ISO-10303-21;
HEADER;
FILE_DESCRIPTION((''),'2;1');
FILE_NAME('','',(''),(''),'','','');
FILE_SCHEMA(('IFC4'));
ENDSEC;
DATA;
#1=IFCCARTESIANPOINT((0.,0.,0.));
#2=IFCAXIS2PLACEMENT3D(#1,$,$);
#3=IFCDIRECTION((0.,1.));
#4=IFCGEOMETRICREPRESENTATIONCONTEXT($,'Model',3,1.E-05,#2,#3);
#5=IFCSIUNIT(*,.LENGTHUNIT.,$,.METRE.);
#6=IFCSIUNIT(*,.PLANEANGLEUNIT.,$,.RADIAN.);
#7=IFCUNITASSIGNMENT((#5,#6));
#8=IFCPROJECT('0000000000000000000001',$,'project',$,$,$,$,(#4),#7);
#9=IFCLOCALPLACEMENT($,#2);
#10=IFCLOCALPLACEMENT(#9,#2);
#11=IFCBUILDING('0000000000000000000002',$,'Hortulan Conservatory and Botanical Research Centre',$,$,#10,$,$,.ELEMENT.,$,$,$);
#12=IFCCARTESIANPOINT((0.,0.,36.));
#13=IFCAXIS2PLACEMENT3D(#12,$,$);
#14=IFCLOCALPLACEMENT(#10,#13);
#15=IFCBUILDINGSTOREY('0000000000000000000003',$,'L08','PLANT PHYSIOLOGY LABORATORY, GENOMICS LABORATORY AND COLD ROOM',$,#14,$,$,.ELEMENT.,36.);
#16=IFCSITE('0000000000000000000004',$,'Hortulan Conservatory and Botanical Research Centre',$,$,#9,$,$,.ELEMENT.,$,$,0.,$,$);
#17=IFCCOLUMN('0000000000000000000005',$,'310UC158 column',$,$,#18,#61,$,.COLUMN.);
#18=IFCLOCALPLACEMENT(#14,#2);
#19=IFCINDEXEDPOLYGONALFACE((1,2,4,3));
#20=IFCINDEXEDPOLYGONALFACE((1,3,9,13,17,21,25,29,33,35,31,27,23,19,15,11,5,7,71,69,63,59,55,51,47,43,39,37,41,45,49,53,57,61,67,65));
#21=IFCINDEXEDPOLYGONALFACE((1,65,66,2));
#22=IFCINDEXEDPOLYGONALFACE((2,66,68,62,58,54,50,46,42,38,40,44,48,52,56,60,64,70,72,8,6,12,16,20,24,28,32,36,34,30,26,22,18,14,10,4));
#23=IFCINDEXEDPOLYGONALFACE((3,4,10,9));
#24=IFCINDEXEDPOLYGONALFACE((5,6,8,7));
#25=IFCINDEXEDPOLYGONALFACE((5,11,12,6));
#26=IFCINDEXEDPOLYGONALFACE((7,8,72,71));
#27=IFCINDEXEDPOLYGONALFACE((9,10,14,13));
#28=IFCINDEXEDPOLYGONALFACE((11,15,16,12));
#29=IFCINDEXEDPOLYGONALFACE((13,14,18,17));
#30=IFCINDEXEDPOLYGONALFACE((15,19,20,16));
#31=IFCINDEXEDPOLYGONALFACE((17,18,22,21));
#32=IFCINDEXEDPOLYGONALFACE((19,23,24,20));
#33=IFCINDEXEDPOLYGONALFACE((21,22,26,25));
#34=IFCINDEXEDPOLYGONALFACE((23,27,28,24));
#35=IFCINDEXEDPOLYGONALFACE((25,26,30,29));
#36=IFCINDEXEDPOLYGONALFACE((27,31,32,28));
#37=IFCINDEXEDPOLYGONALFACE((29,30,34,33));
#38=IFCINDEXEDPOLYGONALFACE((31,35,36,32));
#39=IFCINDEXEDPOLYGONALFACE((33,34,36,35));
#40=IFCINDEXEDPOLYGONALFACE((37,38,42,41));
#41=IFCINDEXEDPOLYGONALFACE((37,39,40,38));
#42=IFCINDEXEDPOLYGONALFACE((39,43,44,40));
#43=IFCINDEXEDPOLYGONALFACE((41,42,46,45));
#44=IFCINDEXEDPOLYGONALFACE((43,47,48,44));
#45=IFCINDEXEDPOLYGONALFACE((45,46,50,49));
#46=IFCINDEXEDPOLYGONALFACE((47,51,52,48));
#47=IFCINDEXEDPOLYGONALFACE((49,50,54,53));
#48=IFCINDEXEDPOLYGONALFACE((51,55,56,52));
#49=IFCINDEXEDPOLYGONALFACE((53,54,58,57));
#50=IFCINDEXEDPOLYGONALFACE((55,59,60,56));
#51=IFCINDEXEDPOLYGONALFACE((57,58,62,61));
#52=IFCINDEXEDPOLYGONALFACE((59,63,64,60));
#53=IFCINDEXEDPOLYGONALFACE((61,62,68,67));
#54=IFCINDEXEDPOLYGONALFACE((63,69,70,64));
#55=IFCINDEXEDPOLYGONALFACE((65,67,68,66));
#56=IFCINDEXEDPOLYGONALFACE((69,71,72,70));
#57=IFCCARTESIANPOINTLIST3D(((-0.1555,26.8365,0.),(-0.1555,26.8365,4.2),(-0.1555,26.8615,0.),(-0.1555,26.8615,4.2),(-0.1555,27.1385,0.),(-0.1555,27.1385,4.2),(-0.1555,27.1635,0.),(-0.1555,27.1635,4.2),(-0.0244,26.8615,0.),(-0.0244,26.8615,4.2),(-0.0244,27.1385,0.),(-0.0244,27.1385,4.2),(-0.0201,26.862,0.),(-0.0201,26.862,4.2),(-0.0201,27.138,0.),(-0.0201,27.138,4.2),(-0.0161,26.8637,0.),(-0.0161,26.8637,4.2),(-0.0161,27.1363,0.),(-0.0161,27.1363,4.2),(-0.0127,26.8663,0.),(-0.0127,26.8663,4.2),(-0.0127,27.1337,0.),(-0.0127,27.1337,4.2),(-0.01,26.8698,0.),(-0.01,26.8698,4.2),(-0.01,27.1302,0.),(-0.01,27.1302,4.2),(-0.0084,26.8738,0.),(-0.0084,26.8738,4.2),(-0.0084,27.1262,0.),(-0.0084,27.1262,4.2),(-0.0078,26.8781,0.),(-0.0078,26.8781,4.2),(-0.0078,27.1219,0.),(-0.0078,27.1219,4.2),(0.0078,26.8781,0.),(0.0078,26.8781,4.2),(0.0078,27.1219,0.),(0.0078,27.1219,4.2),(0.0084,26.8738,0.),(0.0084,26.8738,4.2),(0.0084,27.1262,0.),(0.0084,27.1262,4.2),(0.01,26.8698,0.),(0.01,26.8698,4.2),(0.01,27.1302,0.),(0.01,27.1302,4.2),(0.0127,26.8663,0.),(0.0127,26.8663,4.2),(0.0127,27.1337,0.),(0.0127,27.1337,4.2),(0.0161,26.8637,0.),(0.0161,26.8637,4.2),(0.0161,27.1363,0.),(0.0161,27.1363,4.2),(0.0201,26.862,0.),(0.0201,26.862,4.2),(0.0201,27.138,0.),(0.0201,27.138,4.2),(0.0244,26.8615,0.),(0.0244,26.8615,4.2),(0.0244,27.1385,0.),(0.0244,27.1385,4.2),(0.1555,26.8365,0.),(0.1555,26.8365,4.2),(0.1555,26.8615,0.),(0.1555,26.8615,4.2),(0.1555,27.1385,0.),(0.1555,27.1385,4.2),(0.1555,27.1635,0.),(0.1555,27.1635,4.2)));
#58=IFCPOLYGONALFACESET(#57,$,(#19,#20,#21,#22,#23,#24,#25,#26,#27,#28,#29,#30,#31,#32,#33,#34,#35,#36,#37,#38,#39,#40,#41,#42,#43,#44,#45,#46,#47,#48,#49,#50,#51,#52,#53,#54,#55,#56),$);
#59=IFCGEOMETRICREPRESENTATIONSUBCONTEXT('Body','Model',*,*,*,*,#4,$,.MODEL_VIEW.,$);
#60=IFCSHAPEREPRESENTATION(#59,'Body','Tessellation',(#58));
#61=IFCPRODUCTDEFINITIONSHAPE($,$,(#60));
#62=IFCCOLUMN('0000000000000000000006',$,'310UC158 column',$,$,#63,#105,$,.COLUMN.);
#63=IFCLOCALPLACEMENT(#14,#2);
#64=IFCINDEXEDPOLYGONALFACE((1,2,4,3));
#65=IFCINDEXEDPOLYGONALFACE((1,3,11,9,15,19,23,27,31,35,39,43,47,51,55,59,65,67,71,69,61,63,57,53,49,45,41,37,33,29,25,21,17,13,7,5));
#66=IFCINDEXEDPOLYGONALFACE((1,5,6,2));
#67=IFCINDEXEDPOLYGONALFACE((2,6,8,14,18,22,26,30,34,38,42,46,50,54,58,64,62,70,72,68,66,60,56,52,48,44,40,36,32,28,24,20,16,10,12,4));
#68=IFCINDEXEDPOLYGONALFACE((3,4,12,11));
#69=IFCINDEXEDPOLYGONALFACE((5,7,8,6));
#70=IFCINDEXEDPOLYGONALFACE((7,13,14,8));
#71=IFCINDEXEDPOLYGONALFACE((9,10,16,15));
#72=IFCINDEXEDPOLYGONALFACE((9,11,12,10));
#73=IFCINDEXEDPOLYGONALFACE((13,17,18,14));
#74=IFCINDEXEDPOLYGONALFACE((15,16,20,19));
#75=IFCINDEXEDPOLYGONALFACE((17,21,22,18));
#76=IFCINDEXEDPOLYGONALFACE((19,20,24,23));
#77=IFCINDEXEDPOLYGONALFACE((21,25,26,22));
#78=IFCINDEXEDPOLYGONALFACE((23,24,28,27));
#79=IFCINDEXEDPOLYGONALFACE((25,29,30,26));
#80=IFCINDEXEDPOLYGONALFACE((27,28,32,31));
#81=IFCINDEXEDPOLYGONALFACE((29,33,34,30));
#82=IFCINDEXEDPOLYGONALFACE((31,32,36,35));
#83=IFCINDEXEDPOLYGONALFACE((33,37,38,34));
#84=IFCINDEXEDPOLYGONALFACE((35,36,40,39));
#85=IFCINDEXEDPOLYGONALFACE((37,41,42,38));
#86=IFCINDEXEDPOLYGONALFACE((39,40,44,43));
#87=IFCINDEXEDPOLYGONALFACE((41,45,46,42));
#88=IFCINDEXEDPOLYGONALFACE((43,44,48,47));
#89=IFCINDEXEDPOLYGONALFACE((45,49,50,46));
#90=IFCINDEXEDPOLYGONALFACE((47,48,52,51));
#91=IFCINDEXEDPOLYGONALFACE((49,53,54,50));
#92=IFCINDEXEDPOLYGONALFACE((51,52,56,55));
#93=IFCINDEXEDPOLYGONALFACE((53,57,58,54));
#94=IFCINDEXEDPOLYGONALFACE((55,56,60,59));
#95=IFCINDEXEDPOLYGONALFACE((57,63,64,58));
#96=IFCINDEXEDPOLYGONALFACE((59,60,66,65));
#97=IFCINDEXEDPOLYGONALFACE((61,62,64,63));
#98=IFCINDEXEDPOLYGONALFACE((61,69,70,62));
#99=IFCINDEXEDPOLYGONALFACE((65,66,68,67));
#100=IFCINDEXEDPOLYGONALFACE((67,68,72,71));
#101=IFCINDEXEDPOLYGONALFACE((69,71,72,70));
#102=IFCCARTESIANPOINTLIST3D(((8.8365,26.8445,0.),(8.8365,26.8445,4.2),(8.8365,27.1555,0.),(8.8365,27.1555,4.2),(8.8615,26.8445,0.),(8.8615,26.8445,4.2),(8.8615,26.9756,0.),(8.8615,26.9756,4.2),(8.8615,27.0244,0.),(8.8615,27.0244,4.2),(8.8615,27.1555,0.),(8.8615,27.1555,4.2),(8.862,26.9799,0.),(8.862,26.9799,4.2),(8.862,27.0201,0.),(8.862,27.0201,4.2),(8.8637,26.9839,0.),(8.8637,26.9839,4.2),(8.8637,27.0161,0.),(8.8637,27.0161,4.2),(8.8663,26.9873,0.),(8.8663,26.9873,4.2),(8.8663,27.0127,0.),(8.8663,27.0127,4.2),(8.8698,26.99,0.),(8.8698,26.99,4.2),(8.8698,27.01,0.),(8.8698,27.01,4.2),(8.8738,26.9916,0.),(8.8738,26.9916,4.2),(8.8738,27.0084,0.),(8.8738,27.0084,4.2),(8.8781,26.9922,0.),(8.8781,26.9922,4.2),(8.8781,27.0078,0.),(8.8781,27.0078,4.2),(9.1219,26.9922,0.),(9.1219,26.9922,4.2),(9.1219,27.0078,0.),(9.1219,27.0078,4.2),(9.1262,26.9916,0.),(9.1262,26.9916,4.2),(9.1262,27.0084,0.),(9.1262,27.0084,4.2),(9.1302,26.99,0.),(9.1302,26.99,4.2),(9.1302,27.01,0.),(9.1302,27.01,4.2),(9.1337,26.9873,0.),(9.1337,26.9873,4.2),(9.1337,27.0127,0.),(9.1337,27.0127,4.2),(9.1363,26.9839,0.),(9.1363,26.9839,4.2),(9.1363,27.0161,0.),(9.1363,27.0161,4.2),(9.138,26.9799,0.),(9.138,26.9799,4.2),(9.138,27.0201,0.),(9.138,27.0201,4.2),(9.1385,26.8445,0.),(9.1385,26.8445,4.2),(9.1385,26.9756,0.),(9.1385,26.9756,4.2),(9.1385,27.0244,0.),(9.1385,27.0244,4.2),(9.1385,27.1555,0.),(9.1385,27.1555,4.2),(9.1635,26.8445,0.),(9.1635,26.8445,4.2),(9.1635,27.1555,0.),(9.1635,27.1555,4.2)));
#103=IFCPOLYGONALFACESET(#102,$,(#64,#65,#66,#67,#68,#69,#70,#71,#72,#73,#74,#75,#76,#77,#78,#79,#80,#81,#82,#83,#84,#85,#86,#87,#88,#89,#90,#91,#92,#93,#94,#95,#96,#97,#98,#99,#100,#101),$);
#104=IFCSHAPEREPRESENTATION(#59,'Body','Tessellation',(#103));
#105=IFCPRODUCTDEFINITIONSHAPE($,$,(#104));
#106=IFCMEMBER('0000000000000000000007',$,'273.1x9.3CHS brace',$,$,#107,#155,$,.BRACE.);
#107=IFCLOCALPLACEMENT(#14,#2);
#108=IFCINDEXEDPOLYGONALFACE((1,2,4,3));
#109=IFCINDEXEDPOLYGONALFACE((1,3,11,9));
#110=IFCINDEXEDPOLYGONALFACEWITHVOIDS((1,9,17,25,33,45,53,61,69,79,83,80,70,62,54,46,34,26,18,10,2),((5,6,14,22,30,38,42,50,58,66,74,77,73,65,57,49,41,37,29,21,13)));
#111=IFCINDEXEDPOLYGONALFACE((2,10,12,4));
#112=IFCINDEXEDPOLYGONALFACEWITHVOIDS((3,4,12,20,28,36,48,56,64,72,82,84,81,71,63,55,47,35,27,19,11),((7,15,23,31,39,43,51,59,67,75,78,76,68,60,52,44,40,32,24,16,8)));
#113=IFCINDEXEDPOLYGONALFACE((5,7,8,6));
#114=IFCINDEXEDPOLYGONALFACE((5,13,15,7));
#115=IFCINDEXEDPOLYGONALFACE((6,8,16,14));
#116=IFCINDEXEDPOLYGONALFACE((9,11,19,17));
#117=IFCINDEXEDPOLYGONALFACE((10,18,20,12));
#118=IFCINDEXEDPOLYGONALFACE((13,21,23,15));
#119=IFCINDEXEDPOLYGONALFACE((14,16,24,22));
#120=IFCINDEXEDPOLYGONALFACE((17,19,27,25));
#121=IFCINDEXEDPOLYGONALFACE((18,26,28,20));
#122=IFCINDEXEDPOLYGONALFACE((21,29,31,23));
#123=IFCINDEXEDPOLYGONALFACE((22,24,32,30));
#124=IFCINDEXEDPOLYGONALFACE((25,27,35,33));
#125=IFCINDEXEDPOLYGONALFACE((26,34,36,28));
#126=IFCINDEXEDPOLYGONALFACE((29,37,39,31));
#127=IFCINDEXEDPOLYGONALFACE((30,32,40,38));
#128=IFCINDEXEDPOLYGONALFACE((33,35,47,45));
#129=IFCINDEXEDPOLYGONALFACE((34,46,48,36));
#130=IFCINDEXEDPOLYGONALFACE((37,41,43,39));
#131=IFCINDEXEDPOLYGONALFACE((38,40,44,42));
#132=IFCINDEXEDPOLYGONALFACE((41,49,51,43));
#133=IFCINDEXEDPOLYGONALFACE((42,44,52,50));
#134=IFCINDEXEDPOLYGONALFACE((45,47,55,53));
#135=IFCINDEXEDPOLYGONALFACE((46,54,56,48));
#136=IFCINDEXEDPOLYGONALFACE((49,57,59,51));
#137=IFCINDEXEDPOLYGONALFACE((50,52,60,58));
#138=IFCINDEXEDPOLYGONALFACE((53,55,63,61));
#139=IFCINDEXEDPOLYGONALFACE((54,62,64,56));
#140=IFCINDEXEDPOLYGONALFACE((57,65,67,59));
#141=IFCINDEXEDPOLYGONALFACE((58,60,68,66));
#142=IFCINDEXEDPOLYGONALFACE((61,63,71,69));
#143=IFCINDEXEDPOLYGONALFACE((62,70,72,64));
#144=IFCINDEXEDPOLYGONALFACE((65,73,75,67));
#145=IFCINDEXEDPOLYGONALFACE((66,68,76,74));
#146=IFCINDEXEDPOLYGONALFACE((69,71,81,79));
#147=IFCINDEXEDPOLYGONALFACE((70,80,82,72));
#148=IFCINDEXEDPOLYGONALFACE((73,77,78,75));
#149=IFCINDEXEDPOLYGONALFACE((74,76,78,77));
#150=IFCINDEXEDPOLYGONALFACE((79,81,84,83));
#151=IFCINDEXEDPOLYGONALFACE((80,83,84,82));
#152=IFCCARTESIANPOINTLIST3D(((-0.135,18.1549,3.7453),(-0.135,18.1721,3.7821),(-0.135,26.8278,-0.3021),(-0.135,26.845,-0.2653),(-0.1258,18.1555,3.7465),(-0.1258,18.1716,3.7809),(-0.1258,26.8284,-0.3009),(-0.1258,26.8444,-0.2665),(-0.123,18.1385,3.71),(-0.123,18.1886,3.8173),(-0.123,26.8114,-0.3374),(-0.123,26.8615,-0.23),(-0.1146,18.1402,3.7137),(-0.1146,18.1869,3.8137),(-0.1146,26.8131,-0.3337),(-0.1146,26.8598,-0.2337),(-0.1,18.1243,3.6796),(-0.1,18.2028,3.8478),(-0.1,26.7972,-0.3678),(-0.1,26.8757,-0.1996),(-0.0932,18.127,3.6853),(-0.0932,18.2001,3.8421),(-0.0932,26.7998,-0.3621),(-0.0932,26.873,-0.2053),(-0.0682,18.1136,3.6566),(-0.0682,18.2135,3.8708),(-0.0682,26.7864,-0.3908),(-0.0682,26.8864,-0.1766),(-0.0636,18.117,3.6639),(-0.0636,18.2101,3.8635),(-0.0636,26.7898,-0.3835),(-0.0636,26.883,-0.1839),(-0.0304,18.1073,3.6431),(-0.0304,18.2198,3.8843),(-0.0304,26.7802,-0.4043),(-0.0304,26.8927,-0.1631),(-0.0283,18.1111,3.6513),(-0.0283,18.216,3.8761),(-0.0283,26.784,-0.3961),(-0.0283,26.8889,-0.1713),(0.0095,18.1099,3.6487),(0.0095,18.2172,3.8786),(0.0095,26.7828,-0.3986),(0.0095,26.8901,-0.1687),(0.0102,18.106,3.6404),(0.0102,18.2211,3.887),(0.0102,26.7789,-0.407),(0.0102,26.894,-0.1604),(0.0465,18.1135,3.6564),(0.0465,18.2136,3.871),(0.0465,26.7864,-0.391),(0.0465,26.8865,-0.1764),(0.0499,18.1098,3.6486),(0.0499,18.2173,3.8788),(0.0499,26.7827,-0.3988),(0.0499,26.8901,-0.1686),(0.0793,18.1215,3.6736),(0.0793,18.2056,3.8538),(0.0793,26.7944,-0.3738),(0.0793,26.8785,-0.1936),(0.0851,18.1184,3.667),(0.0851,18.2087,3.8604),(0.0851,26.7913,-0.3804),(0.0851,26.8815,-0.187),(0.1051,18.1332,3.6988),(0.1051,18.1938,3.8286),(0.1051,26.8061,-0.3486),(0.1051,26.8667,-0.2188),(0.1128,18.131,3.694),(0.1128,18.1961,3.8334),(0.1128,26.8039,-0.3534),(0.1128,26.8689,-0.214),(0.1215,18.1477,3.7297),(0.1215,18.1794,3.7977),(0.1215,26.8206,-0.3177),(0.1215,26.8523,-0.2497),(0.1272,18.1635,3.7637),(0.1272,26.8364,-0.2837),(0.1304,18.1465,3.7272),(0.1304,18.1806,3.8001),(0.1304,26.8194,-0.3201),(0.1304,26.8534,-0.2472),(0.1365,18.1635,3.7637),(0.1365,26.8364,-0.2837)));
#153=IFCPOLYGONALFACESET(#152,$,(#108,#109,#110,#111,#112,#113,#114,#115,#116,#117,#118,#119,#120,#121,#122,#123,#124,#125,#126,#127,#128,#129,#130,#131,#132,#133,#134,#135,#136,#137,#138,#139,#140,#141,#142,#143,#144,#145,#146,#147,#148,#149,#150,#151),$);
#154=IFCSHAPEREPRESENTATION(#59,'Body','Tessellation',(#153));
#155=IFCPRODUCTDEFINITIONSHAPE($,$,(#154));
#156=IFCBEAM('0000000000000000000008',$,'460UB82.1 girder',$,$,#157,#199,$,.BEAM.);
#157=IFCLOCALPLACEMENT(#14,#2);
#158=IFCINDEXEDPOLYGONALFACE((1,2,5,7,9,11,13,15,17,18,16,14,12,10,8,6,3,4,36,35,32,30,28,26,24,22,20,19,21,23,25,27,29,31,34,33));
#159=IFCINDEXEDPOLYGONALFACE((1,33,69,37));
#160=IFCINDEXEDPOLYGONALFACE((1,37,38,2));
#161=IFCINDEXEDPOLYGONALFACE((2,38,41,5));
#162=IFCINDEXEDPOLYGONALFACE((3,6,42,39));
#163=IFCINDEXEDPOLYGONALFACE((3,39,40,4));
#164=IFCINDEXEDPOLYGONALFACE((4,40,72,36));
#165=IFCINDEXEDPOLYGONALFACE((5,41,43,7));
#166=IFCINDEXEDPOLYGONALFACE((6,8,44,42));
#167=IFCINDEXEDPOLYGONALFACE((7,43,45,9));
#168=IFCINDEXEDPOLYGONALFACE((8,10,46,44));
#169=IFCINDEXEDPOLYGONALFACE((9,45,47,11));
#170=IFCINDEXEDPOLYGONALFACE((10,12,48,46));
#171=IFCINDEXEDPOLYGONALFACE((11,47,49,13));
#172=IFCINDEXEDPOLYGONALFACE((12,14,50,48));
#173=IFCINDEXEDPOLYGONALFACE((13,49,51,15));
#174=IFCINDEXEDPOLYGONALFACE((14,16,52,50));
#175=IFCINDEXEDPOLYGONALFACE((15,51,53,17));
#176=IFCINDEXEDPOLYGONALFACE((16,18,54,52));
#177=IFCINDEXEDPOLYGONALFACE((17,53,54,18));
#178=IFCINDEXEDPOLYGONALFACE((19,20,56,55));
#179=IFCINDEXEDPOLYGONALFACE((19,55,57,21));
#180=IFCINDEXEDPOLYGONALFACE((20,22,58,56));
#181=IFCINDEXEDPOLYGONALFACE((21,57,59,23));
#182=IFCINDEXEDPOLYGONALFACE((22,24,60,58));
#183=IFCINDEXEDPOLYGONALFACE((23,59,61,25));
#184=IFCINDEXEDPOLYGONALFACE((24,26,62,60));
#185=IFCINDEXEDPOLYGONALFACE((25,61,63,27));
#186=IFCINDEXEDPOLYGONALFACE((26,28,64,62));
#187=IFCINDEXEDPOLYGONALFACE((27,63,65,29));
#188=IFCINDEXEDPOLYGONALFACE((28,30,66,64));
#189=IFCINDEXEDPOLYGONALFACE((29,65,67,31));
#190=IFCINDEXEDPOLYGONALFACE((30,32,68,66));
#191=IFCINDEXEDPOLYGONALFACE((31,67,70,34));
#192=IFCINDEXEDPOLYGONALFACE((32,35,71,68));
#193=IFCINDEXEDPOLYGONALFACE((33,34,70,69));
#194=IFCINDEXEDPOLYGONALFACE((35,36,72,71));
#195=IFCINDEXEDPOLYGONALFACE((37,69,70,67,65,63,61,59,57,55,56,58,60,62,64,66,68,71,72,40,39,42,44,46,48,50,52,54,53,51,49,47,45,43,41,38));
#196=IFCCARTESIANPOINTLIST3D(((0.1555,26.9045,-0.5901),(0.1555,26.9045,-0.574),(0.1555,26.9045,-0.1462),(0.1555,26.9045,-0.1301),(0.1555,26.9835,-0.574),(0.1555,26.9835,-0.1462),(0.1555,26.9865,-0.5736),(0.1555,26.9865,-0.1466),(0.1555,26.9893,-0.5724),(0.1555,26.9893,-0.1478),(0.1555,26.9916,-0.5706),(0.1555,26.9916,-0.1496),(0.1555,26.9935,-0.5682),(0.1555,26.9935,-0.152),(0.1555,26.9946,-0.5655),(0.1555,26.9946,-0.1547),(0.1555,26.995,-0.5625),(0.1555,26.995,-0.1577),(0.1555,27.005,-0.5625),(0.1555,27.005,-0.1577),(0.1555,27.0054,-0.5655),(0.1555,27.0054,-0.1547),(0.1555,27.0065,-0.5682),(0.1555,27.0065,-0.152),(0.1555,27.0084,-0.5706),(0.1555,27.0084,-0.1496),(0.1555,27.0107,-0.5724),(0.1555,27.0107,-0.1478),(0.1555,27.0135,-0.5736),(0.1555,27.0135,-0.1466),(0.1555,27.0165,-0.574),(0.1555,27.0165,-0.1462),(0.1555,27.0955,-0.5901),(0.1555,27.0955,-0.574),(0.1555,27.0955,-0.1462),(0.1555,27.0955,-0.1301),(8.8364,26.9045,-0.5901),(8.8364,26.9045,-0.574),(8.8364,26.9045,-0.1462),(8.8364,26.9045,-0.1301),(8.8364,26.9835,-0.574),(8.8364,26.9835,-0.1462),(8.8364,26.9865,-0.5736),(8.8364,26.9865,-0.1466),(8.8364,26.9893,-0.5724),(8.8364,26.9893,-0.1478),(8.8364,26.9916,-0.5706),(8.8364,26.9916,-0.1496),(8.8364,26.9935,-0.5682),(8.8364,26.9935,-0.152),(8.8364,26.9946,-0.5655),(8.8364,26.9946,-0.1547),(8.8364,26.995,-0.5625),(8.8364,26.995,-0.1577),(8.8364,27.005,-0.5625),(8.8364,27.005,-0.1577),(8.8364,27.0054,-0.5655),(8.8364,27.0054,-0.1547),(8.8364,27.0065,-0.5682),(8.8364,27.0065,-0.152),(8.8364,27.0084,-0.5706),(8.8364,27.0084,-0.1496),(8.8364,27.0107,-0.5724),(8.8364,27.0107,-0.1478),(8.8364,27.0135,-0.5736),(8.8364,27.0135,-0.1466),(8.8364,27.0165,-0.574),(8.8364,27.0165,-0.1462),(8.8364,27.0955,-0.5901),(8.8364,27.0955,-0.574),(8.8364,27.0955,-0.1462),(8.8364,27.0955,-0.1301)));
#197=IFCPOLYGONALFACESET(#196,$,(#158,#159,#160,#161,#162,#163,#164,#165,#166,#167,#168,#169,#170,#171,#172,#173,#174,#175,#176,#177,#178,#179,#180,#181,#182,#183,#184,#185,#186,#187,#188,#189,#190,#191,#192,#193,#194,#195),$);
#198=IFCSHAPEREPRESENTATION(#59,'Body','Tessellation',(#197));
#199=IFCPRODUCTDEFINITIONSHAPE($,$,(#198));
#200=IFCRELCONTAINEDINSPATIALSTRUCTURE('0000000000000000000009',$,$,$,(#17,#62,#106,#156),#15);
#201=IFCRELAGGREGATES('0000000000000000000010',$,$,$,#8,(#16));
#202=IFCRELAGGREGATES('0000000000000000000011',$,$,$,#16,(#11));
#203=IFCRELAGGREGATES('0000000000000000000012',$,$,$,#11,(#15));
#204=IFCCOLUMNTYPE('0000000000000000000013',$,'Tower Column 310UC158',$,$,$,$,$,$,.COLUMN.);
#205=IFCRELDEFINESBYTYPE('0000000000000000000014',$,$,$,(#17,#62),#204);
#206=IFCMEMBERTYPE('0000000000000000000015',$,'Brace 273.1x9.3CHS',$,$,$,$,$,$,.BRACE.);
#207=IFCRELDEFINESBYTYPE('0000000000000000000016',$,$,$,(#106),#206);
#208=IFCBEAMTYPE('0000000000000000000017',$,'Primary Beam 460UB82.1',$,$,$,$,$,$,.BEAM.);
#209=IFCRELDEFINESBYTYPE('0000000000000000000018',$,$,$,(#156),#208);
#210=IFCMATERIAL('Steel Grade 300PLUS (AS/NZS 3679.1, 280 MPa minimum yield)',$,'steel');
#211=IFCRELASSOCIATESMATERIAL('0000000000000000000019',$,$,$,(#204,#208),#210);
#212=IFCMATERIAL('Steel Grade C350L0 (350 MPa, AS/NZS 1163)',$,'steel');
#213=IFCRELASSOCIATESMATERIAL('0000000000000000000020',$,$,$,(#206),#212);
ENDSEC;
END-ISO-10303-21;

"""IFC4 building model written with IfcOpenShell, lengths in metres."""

from ifc_helpers import new_model, si_unit, direction, frame, origin, origin_2d, place, context, subcontext, project, spatial, hollow_circle, i_section, extrude, material, material_profile, profile_set, type_object, element, save


model = new_model("IFC4")

# Units and contexts
model_context = context("Model", 3, precision=1e-05, world=origin(), true_north=direction((0.0, 1.0)))
body_context = subcontext(model_context, "Body", "Model", "MODEL_VIEW")
ifc_project = project(units=[si_unit("LENGTHUNIT", "METRE"), si_unit("PLANEANGLEUNIT", "RADIAN")], contexts=[model_context])

# Site, building, storey
site_placement = place(None, origin())
site = spatial("IfcSite", under=ifc_project, at=site_placement, Name="Hortulan Conservatory and Botanical Research Centre", CompositionType="ELEMENT", RefElevation=0.0)
building_placement = place(site_placement, origin())
building = spatial("IfcBuilding", under=site, at=building_placement, Name="Hortulan Conservatory and Botanical Research Centre", CompositionType="ELEMENT")
storey_placement = place(building_placement, frame((0.0, 0.0, 36.0)))
storey = spatial("IfcBuildingStorey", under=building, at=storey_placement, Name="L08", Description="PLANT PHYSIOLOGY LABORATORY, GENOMICS LABORATORY AND COLD ROOM", CompositionType="ELEMENT", Elevation=36.0)

# Columns
ifc_material_1 = material(Name="Steel Grade 300PLUS (AS/NZS 3679.1, 280 MPa minimum yield)", Category="steel")
ifc_material_profile_1 = material_profile(ifc_material_1, i_section(OverallWidth=0.311, OverallDepth=0.3269, WebThickness=0.0156, FlangeThickness=0.0249, FilletRadius=0.0166, at=origin_2d()), Name="310UC158")
ifc_profile_set_1 = profile_set([ifc_material_profile_1], Name="Steel Grade 300PLUS (AS/NZS 3679.1, 280 MPa minimum yield)")
column_type = type_object("IfcColumnType", Name="Tower Column 310UC158", PredefinedType="COLUMN", material=ifc_profile_set_1)
for number, where, z_axis, x_axis, name in (
    (1, (0.0, 27.0, 0.0), (0.0, 0.0, 1.0), (1.0, 0.0, 0.0), "310UC158 column"),
    (2, (9.0, 27.0, 0.0), (0.0, 0.0, 1.0), (0.0, 1.0, 0.0), "310UC158 column"),
):
    element("IfcColumn", number, at=place(storey_placement, frame(where, z_axis=z_axis, x_axis=x_axis)), inside=storey, type_object=column_type, Name=name, PredefinedType="COLUMN", context=body_context, shape_type="SweptSolid", body=[
        extrude(i_section(OverallWidth=0.311, OverallDepth=0.3269, WebThickness=0.0156, FlangeThickness=0.0249, FilletRadius=0.0166, at=origin_2d()), origin(), (0.0, 0.0, 1.0), 4.2),
    ])

# Member
ifc_material_2 = material(Name="Steel Grade C350L0 (350 MPa, AS/NZS 1163)", Category="steel")
ifc_material_profile_2 = material_profile(ifc_material_2, hollow_circle(Radius=0.1365, WallThickness=0.0093, at=origin_2d()), Name="273.1x9.3CHS")
ifc_profile_set_2 = profile_set([ifc_material_profile_2], Name="Steel Grade C350L0 (350 MPa, AS/NZS 1163)")
member_type = type_object("IfcMemberType", Name="Brace 273.1x9.3CHS", PredefinedType="BRACE", material=ifc_profile_set_2)
member_placement = place(storey_placement, frame((0.0, 26.8364, -0.2837), z_axis=(0.0, -0.906182, 0.422888), x_axis=(1.0, 0.0, 0.0)))
element("IfcMember", 3, at=member_placement, inside=storey, type_object=member_type, Name="273.1x9.3CHS brace", PredefinedType="BRACE", context=body_context, shape_type="SweptSolid", body=[
    extrude(hollow_circle(Radius=0.1365, WallThickness=0.0093, at=origin_2d()), origin(), (0.0, 0.0, 1.0), 9.5708),
])

# Beam
ifc_material_profile_3 = material_profile(ifc_material_1, i_section(OverallWidth=0.1909, OverallDepth=0.46, WebThickness=0.01, FlangeThickness=0.0161, FilletRadius=0.0115, at=origin_2d()), Name="460UB82.1")
ifc_profile_set_3 = profile_set([ifc_material_profile_3], Name="Steel Grade 300PLUS (AS/NZS 3679.1, 280 MPa minimum yield)")
beam_type_1 = type_object("IfcBeamType", Name="Primary Beam 460UB82.1", PredefinedType="BEAM", material=ifc_profile_set_3)
beam_1_placement = place(storey_placement, frame((0.1555, 27.0, -0.3601), z_axis=(1.0, 0.0, 0.0), x_axis=(0.0, 1.0, 0.0)))
element("IfcBeam", 4, at=beam_1_placement, inside=storey, type_object=beam_type_1, Name="460UB82.1 girder", PredefinedType="BEAM", context=body_context, shape_type="SweptSolid", body=[
    extrude(i_section(OverallWidth=0.1909, OverallDepth=0.46, WebThickness=0.01, FlangeThickness=0.0161, FilletRadius=0.0115, at=origin_2d()), origin(), (0.0, 0.0, 1.0), 8.6809),
])

save(model, "model.ifc")
